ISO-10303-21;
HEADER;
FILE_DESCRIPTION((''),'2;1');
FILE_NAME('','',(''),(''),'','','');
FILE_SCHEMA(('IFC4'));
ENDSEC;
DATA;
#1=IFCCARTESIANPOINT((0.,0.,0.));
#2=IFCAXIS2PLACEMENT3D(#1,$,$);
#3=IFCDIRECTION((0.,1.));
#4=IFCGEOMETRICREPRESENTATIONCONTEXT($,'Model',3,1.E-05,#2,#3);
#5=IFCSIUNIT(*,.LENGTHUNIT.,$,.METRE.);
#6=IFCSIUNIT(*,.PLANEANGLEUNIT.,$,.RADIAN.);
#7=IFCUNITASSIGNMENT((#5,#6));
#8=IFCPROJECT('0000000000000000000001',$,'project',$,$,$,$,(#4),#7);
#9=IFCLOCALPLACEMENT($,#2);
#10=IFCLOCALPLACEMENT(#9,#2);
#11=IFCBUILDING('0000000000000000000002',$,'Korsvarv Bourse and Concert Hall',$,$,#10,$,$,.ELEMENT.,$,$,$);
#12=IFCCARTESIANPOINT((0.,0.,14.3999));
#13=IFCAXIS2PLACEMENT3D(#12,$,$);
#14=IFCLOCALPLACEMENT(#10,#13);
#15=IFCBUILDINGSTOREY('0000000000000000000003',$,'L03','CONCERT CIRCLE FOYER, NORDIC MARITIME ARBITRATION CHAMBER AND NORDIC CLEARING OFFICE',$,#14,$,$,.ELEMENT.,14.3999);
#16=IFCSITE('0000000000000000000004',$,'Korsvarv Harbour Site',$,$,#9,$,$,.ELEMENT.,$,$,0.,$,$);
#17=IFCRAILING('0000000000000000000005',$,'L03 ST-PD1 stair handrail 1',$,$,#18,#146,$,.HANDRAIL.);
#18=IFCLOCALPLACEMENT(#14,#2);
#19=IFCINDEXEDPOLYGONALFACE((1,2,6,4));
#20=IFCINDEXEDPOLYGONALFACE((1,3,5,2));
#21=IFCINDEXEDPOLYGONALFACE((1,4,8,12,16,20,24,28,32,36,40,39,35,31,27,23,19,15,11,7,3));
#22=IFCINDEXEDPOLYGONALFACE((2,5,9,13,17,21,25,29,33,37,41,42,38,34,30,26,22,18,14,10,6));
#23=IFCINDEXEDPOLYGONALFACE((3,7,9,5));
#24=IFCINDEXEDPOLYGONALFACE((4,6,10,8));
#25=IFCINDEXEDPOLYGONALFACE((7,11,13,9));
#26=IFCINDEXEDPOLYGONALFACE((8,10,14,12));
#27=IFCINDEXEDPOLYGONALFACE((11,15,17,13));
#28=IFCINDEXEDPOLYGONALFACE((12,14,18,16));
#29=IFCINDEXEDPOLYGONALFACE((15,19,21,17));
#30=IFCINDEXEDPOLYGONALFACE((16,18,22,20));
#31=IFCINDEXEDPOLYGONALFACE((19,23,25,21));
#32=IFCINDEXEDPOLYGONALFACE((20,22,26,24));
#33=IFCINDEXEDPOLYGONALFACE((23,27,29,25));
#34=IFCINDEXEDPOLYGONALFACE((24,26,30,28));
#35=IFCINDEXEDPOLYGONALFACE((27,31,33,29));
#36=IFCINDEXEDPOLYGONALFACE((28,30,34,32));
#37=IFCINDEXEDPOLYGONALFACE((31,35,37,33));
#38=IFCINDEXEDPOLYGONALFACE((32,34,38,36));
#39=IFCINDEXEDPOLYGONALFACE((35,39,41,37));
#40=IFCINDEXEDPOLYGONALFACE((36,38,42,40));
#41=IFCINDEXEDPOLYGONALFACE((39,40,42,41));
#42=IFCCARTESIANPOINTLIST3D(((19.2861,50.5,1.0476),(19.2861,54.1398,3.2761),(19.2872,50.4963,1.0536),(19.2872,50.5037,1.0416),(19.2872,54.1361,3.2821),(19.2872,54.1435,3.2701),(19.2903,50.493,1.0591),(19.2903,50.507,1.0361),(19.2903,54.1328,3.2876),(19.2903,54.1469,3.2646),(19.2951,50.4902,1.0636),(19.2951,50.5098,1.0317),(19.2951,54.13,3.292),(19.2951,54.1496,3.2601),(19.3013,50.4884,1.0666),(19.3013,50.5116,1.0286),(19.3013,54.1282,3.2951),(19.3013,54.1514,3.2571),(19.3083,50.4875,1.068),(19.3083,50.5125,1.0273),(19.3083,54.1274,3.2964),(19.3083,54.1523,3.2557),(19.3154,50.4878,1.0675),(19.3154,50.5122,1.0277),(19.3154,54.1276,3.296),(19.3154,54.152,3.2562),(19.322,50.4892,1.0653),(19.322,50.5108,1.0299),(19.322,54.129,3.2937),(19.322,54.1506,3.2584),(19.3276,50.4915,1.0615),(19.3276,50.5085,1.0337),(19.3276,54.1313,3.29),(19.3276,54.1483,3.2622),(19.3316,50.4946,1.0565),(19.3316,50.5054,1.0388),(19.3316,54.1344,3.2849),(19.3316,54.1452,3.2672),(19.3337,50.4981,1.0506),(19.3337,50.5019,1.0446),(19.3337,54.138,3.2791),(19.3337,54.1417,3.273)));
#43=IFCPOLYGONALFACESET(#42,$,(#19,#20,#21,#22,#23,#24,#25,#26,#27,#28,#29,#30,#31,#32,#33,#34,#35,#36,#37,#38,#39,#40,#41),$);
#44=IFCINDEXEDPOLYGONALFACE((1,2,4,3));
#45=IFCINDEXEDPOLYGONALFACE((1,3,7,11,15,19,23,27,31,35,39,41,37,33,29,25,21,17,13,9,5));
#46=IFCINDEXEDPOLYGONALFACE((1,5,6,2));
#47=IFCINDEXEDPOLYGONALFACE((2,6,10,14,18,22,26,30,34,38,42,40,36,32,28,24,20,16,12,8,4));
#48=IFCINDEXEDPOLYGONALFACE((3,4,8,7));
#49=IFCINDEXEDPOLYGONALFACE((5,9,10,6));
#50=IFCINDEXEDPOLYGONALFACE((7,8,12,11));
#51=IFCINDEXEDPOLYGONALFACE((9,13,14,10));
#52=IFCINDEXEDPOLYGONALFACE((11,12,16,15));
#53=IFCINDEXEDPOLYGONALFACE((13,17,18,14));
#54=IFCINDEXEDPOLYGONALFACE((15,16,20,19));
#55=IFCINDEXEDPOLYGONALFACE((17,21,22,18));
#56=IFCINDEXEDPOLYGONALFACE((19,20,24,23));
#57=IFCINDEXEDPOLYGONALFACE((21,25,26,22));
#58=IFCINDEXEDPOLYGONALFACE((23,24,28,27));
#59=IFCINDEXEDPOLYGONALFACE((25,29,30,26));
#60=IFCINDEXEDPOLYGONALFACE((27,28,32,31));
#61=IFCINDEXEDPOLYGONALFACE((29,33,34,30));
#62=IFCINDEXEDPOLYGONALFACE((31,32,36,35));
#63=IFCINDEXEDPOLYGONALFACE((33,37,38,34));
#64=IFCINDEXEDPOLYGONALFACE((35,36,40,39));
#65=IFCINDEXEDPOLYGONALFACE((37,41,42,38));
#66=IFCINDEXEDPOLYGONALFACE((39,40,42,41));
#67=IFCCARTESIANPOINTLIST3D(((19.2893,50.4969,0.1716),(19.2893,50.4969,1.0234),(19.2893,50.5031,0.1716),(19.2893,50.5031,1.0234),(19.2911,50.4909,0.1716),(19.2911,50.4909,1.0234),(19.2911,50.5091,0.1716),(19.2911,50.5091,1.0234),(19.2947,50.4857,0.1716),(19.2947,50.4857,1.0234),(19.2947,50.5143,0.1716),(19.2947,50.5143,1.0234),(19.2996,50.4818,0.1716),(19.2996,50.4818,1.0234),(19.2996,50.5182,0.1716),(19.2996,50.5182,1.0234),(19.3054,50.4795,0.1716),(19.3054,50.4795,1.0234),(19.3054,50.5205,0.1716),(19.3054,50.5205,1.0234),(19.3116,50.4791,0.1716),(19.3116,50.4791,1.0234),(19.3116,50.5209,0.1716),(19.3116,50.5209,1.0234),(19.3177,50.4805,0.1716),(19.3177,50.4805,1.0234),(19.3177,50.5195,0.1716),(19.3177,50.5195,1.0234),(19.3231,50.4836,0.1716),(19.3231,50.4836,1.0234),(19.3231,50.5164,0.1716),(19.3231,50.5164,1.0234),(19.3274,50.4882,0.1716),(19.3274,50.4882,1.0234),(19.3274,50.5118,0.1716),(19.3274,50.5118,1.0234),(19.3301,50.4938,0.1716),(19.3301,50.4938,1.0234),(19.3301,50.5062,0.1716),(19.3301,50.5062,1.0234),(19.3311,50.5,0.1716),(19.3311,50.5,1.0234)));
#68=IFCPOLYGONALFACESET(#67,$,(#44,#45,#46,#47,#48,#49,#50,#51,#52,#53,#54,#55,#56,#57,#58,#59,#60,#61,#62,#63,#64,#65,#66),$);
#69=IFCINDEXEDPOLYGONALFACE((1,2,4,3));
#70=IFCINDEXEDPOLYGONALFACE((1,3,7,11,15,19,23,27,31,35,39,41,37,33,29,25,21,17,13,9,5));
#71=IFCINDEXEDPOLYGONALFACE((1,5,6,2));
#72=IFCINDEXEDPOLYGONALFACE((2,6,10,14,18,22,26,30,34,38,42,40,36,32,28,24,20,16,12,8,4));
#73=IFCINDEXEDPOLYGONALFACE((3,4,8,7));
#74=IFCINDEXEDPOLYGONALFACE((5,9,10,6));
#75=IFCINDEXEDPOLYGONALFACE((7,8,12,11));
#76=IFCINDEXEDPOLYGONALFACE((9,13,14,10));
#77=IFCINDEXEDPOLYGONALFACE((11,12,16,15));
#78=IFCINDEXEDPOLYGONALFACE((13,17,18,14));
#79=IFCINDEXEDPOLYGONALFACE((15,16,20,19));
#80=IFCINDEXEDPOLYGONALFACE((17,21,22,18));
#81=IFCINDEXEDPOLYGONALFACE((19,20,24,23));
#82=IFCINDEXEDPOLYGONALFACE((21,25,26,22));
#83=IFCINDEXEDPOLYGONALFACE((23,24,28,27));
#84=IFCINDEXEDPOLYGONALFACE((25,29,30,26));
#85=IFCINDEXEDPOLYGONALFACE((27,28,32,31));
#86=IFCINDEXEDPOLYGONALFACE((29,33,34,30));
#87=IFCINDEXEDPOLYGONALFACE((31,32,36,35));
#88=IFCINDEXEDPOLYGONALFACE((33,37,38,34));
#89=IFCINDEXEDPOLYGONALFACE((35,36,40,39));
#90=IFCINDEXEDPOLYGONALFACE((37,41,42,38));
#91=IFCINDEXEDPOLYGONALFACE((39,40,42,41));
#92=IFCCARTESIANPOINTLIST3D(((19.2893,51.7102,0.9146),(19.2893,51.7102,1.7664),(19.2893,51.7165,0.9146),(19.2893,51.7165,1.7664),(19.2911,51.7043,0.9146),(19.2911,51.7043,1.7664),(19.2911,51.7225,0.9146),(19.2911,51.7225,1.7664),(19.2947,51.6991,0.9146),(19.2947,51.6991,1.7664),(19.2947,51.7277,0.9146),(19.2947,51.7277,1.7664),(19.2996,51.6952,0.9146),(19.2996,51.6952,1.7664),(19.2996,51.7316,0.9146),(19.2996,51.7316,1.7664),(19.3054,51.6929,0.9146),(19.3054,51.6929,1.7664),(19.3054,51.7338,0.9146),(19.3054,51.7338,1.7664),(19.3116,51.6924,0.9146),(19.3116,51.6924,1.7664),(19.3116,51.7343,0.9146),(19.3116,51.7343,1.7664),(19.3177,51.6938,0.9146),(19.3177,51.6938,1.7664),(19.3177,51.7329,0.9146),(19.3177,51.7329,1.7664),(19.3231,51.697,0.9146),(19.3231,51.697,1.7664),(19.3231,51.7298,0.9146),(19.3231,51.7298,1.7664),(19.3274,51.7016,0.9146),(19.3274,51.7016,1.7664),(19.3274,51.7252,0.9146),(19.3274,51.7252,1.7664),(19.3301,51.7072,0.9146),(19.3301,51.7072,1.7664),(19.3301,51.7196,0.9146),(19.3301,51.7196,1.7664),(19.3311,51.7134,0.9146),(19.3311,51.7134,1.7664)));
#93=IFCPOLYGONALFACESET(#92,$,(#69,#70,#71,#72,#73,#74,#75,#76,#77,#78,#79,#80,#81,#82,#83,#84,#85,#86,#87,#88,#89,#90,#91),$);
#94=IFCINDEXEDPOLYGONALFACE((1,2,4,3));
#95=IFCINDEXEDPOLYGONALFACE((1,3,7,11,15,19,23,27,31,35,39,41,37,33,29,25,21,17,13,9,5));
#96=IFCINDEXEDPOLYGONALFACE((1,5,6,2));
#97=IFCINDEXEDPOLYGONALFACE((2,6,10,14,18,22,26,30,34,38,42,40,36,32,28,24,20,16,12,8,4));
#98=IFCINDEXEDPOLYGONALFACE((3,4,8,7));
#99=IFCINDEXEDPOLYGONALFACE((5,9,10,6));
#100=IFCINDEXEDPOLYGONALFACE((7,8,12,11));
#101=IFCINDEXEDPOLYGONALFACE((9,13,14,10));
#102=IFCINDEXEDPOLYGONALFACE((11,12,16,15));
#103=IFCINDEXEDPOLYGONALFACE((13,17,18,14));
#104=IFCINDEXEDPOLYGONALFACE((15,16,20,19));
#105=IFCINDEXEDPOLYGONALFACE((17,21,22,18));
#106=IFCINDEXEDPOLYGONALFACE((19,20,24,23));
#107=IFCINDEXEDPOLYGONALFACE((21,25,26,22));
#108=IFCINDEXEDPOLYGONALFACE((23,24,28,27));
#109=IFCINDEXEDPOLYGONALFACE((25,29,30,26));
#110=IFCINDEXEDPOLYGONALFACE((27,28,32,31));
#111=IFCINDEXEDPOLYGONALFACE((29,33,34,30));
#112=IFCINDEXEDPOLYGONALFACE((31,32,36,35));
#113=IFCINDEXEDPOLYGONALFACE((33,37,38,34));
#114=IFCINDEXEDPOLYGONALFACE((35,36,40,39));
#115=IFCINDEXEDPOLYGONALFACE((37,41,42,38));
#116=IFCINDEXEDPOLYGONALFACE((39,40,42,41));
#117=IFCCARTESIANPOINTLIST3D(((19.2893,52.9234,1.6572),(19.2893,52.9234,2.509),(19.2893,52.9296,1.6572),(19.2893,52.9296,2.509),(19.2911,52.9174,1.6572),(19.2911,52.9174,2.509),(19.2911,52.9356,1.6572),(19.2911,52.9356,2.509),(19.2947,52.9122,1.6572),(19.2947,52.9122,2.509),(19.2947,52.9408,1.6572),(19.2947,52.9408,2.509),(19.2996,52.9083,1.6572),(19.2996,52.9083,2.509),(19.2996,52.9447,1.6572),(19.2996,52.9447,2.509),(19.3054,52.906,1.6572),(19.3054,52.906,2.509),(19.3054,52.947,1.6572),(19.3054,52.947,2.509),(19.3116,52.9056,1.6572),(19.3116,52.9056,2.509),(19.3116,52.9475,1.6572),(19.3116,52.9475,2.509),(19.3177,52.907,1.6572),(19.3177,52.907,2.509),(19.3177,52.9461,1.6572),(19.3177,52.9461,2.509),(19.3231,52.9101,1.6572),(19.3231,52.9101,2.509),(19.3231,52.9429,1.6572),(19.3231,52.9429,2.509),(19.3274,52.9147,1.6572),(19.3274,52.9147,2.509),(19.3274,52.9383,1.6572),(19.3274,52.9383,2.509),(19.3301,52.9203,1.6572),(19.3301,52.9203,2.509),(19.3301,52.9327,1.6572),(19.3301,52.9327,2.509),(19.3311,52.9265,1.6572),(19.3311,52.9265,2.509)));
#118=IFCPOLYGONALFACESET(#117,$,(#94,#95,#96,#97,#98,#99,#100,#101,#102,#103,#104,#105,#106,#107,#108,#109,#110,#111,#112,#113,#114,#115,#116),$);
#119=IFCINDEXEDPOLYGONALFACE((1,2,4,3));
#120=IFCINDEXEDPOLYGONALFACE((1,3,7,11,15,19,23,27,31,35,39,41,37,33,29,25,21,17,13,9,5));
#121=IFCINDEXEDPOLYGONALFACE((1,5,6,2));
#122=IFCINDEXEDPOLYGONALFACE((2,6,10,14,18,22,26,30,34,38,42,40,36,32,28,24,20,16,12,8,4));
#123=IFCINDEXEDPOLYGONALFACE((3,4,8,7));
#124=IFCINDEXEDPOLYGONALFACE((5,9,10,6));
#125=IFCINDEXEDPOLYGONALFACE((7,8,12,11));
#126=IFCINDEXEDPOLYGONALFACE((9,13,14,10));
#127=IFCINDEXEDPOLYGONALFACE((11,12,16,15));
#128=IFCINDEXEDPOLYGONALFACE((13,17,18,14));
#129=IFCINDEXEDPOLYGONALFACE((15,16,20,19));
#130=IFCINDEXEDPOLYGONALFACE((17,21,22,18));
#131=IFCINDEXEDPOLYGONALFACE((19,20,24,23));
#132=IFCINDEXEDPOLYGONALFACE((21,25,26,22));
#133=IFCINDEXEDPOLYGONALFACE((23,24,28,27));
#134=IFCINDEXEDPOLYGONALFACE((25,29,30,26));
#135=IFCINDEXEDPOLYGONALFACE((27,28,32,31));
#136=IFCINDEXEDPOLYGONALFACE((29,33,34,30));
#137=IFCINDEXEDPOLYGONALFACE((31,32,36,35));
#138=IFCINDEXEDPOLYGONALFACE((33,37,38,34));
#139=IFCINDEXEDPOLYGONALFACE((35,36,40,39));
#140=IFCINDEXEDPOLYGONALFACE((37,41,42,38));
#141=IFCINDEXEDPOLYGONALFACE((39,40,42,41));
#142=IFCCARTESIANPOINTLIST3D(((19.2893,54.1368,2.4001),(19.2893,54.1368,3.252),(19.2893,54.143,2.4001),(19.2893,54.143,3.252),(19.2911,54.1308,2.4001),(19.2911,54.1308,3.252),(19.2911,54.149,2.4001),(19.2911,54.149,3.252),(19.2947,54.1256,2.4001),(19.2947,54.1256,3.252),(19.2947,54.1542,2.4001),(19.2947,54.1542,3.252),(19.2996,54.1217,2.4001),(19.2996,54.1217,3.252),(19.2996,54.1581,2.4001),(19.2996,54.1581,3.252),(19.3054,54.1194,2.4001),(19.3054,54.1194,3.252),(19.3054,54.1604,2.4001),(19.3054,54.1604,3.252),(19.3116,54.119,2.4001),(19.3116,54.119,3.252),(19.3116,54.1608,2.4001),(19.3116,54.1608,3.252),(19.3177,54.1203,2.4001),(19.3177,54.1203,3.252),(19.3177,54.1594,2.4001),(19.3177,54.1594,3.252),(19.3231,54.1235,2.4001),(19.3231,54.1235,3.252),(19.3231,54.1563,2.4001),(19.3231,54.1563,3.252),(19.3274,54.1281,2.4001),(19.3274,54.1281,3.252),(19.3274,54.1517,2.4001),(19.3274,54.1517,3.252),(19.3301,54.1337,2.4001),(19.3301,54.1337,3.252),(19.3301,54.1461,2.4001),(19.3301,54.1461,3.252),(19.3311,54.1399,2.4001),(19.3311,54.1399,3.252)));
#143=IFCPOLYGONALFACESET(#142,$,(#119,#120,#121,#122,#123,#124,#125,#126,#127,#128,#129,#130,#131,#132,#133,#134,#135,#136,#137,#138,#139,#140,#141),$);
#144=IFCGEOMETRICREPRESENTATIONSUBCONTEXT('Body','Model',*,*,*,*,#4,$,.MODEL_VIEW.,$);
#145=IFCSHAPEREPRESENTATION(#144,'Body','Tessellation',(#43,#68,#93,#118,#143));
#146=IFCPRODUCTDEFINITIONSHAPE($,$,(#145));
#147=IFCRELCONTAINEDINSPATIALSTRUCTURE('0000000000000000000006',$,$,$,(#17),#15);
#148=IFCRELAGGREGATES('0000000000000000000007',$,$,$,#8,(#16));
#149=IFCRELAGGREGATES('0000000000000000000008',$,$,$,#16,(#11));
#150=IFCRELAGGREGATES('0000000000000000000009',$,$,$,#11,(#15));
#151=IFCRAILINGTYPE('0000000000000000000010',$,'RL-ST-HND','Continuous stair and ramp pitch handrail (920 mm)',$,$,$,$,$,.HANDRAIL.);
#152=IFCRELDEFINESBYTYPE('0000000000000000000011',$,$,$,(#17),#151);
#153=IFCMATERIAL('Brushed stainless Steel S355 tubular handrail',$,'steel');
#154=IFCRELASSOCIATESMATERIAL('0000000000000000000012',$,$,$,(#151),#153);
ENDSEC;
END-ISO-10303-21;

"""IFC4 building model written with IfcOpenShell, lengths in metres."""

from ifc_helpers import new_model, si_unit, direction, frame, origin, origin_2d, place, context, subcontext, project, spatial, circle, extrude, material, type_object, element, save


model = new_model("IFC4")

# Units and contexts
model_context = context("Model", 3, precision=1e-05, world=origin(), true_north=direction((0.0, 1.0)))
body_context = subcontext(model_context, "Body", "Model", "MODEL_VIEW")
ifc_project = project(units=[si_unit("LENGTHUNIT", "METRE"), si_unit("PLANEANGLEUNIT", "RADIAN")], contexts=[model_context])

# Site, building, storey
site_placement = place(None, origin())
site = spatial("IfcSite", under=ifc_project, at=site_placement, Name="Korsvarv Harbour Site", CompositionType="ELEMENT", RefElevation=0.0)
building_placement = place(site_placement, origin())
building = spatial("IfcBuilding", under=site, at=building_placement, Name="Korsvarv Bourse and Concert Hall", CompositionType="ELEMENT")
storey_placement = place(building_placement, frame((0.0, 0.0, 14.3999)))
storey = spatial("IfcBuildingStorey", under=building, at=storey_placement, Name="L03", Description="CONCERT CIRCLE FOYER, NORDIC MARITIME ARBITRATION CHAMBER AND NORDIC CLEARING OFFICE", CompositionType="ELEMENT", Elevation=14.3999)

# Railing
ifc_material_1 = material(Name="Brushed stainless Steel S355 tubular handrail", Category="steel")
railing_type_1 = type_object("IfcRailingType", Name="RL-ST-HND", Description="Continuous stair and ramp pitch handrail (920 mm)", PredefinedType="HANDRAIL", material=ifc_material_1)
railing_1_placement = place(storey_placement, frame((19.3101, 50.5, 0.1716)))
element("IfcRailing", 1, at=railing_1_placement, inside=storey, type_object=railing_type_1, Name="L03 ST-PD1 stair handrail 1", PredefinedType="HANDRAIL", context=body_context, shape_type="SweptSolid", body=[
    extrude(circle(Radius=0.0239, at=origin_2d()), frame((0.0, 0.0, 0.876), z_axis=(0.0, 0.85285, 0.522156), x_axis=(-1.0, 0.0, 0.0)), (0.0, 0.0, 1.0), 4.2678),
    extrude(circle(Radius=0.021, at=origin_2d()), origin(), (0.0, 0.0, 1.0), 0.8518),
    extrude(circle(Radius=0.021, at=origin_2d()), frame((0.0, 1.2134, 0.7429)), (0.0, 0.0, 1.0), 0.8518),
    extrude(circle(Radius=0.021, at=origin_2d()), frame((0.0, 2.4265, 1.4856)), (0.0, 0.0, 1.0), 0.8518),
    extrude(circle(Radius=0.021, at=origin_2d()), frame((0.0, 3.6399, 2.2285)), (0.0, 0.0, 1.0), 0.8518),
])

save(model, "model.ifc")
